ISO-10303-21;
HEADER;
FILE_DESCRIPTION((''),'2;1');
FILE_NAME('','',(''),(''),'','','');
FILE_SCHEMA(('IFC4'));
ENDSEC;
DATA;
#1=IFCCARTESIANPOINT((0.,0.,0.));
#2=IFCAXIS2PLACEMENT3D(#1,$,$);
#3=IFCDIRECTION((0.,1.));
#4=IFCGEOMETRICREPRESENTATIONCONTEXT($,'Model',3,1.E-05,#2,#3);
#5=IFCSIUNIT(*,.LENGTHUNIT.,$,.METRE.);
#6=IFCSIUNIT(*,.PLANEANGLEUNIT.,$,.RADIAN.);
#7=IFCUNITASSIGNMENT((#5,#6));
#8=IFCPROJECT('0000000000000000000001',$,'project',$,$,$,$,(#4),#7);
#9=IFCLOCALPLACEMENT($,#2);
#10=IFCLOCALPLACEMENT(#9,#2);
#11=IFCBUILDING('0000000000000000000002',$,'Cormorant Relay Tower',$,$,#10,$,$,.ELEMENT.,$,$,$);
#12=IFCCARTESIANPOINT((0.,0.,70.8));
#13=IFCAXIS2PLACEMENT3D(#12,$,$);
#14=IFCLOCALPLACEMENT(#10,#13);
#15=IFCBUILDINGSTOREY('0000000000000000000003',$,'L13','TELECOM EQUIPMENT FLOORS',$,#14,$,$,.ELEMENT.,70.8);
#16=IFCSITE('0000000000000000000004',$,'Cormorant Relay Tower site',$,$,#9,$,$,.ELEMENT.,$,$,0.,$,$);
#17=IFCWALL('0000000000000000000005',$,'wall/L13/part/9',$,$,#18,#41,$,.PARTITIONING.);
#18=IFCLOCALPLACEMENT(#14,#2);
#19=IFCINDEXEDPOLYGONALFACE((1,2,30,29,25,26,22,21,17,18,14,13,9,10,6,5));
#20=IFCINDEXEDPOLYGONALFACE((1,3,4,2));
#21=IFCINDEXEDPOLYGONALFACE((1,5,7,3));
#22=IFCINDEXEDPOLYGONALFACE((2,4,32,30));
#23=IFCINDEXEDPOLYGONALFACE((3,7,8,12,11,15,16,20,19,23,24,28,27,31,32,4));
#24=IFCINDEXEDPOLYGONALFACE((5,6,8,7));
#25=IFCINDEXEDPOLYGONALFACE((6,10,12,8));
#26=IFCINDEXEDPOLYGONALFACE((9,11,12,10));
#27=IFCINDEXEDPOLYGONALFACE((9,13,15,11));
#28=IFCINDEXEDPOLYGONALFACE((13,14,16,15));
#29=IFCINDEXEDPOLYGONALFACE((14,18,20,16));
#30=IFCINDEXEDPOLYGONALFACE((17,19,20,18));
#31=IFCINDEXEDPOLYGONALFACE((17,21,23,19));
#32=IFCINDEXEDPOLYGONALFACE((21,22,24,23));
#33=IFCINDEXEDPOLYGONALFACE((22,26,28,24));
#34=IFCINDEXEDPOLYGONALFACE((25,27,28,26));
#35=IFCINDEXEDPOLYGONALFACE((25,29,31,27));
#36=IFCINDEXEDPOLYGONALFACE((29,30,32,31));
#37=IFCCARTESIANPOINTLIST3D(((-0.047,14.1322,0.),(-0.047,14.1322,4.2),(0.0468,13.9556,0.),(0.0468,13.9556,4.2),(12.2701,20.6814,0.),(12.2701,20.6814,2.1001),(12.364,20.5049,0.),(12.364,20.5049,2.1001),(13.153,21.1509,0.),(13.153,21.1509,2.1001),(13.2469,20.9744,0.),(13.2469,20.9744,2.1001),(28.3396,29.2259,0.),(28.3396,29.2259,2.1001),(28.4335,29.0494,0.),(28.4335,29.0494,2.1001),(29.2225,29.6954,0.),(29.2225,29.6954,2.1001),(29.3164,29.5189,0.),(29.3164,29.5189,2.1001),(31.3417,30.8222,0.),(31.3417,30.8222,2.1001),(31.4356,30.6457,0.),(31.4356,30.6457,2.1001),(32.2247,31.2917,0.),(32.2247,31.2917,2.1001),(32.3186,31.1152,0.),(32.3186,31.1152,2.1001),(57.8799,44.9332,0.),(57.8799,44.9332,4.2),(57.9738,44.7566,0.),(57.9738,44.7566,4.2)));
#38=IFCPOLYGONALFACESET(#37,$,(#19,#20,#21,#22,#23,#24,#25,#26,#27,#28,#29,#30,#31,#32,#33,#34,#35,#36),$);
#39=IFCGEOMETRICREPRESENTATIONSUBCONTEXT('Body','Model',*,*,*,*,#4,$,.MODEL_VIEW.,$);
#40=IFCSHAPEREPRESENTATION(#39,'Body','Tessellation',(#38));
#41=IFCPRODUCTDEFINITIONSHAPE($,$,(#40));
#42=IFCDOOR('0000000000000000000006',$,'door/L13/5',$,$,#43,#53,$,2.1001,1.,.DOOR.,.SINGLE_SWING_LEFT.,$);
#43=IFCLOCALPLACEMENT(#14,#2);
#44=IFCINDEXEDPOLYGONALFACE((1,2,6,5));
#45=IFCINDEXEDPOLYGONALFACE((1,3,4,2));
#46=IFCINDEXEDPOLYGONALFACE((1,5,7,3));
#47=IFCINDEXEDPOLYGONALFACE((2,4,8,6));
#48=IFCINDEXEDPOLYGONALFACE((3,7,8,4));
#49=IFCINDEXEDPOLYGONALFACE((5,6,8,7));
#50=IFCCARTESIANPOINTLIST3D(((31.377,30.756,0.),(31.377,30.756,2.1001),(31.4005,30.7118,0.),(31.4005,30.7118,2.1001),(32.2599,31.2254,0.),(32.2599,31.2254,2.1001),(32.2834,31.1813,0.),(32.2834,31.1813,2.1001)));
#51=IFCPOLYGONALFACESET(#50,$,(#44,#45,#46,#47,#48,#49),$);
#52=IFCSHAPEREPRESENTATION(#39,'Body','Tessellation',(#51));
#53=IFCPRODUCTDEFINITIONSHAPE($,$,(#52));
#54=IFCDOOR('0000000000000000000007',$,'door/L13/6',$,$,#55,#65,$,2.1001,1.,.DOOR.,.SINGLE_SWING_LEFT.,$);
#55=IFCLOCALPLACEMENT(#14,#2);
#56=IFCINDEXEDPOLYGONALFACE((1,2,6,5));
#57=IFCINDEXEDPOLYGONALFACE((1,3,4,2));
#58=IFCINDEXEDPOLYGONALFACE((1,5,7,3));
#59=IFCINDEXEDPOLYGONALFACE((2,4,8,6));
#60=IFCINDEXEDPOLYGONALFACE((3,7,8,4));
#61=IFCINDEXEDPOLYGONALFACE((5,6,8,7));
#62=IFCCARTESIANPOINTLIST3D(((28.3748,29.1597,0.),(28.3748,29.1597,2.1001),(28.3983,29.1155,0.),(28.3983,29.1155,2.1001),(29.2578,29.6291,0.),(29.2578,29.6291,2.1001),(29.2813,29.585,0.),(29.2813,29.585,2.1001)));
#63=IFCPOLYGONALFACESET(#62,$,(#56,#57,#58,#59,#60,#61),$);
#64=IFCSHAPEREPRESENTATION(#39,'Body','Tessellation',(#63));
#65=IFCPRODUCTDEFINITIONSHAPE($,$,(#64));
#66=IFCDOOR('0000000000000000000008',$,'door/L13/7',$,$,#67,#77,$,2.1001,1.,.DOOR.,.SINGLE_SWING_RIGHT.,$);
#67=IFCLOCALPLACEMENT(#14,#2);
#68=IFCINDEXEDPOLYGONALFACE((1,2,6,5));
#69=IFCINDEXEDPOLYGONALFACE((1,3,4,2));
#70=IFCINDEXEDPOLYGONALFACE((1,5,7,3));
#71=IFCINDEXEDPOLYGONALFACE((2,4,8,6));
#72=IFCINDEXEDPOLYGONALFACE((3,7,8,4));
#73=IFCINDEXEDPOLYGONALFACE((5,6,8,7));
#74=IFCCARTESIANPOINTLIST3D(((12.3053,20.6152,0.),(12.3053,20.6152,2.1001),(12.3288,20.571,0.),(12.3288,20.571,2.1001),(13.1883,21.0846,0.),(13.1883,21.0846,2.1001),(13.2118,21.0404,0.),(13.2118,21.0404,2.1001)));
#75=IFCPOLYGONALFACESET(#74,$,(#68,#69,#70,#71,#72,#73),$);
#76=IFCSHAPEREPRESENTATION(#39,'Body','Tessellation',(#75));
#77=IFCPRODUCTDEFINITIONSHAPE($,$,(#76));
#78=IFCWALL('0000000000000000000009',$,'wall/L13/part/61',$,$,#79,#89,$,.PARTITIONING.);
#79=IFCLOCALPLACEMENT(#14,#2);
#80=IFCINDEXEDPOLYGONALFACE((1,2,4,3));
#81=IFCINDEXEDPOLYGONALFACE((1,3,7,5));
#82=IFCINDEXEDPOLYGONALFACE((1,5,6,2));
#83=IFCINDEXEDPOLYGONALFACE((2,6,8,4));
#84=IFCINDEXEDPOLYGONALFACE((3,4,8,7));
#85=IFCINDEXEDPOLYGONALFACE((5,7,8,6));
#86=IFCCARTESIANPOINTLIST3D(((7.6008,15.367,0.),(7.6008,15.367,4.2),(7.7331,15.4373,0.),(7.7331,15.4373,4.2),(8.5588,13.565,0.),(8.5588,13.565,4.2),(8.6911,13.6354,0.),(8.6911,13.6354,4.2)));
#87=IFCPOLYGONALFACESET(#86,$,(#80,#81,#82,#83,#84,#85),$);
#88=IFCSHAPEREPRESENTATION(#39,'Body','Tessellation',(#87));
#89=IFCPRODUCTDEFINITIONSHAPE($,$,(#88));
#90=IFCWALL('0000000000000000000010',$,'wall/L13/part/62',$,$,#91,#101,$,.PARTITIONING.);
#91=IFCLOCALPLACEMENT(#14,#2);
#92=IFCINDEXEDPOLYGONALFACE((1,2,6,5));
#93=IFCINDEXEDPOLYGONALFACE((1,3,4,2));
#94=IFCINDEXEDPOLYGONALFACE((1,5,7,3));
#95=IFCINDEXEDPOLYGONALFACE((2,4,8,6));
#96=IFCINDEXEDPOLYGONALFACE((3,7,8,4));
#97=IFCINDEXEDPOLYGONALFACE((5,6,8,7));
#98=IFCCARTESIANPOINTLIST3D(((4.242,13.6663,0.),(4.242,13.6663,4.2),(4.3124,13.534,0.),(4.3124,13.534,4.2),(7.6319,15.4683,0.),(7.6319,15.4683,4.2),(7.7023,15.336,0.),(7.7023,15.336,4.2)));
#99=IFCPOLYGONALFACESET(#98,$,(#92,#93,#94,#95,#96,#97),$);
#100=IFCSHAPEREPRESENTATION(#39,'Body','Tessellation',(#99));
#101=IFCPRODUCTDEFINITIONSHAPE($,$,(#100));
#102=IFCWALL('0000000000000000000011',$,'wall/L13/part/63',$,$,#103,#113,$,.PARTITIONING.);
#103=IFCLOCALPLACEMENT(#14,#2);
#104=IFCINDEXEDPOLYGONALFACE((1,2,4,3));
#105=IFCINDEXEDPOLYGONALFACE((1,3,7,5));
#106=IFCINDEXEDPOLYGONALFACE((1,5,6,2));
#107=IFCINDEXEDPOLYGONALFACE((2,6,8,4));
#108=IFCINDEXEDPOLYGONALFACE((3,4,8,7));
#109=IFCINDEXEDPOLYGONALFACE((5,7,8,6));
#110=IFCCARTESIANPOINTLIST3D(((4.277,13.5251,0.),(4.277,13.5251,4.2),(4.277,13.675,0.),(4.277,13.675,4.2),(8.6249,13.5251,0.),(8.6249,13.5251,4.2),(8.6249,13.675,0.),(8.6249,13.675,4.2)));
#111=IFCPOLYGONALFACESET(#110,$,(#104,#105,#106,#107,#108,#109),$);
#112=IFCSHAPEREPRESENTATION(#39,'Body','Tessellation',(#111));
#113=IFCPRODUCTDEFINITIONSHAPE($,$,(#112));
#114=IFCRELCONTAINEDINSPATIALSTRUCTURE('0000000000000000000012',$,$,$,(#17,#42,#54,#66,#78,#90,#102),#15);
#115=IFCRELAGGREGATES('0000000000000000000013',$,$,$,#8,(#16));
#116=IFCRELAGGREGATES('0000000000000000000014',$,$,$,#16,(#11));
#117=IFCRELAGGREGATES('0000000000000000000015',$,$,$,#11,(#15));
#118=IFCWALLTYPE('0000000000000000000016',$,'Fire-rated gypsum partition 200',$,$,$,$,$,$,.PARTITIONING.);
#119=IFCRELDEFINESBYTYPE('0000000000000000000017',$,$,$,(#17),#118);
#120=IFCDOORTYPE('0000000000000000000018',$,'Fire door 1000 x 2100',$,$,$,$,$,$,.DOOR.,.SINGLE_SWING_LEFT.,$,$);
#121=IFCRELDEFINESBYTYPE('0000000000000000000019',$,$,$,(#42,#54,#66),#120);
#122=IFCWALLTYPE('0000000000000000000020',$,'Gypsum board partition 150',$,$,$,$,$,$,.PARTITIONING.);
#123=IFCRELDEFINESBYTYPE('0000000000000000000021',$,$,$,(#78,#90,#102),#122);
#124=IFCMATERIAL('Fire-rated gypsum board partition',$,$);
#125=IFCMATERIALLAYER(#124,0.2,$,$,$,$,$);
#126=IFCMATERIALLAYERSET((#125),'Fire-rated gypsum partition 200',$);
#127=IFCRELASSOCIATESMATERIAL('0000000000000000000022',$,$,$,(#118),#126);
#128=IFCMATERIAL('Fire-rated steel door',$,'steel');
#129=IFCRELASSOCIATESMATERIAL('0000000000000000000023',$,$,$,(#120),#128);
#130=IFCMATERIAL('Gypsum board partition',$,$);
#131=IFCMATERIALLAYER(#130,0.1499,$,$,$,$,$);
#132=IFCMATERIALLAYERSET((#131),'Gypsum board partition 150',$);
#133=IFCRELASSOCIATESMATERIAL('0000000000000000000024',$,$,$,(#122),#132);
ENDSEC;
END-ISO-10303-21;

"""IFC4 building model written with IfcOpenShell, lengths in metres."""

from ifc_helpers import new_model, si_unit, direction, frame, frame_2d, origin, place, context, subcontext, project, spatial, rectangle, extrude, material, layer, layer_set, type_object, element, fill, save


model = new_model("IFC4")

# Units and contexts
model_context = context("Model", 3, precision=1e-05, world=origin(), true_north=direction((0.0, 1.0)))
body_context = subcontext(model_context, "Body", "Model", "MODEL_VIEW")
ifc_project = project(units=[si_unit("LENGTHUNIT", "METRE"), si_unit("PLANEANGLEUNIT", "RADIAN")], contexts=[model_context])

# Site, building, storey
site_placement = place(None, origin())
site = spatial("IfcSite", under=ifc_project, at=site_placement, Name="Cormorant Relay Tower site", CompositionType="ELEMENT", RefElevation=0.0)
building_placement = place(site_placement, origin())
building = spatial("IfcBuilding", under=site, at=building_placement, Name="Cormorant Relay Tower", CompositionType="ELEMENT")
storey_placement = place(building_placement, frame((0.0, 0.0, 70.8)))
storey = spatial("IfcBuildingStorey", under=building, at=storey_placement, Name="L13", Description="TELECOM EQUIPMENT FLOORS", CompositionType="ELEMENT", Elevation=70.8)

# Wall, openings, doors
ifc_material_1 = material(Name="Fire-rated gypsum board partition")
ifc_layer_1 = layer(ifc_material_1, 0.2)
ifc_layer_set_1 = layer_set([ifc_layer_1], Name="Fire-rated gypsum partition 200")
wall_type_1 = type_object("IfcWallType", Name="Fire-rated gypsum partition 200", PredefinedType="PARTITIONING", material=ifc_layer_set_1)
wall_1_placement = place(storey_placement, frame((0.0, 14.0439, 0.0), z_axis=(0.0, 0.0, 1.0), x_axis=(0.882943, 0.46948, 0.0)))
wall_1 = element("IfcWall", 1, at=wall_1_placement, inside=storey, type_object=wall_type_1, Name="wall/L13/part/9", PredefinedType="PARTITIONING", context=body_context, shape_type="SweptSolid", body=[
    extrude(rectangle(XDim=65.6067, YDim=0.2, at=frame_2d((32.8032, 0.0))), origin(), (0.0, 0.0, 1.0), 4.2),
])
opening_1_placement = place(wall_1_placement, frame((35.55, 0.0, 0.0)))
opening_1 = element("IfcOpeningElement", 2, at=opening_1_placement, cuts=wall_1, PredefinedType="OPENING", context=body_context, shape_type="SweptSolid", body=[
    extrude(rectangle(XDim=1.0, YDim=2.1001, at=frame_2d((0.5, 1.05))), frame((0.0, 0.1099, 0.0), z_axis=(0.0, -1.0, 0.0), x_axis=(1.0, 0.0, 0.0)), (0.0, 0.0, 1.0), 0.22),
])
opening_2_placement = place(wall_1_placement, frame((32.1499, 0.0, 0.0)))
opening_2 = element("IfcOpeningElement", 3, at=opening_2_placement, cuts=wall_1, PredefinedType="OPENING", context=body_context, shape_type="SweptSolid", body=[
    extrude(rectangle(XDim=1.0, YDim=2.1001, at=frame_2d((0.5, 1.05))), frame((0.0, 0.1099, 0.0), z_axis=(0.0, -1.0, 0.0), x_axis=(1.0, 0.0, 0.0)), (0.0, 0.0, 1.0), 0.22),
])
opening_3_placement = place(wall_1_placement, frame((13.95, 0.0, 0.0)))
opening_3 = element("IfcOpeningElement", 4, at=opening_3_placement, cuts=wall_1, PredefinedType="OPENING", context=body_context, shape_type="SweptSolid", body=[
    extrude(rectangle(XDim=1.0, YDim=2.1001, at=frame_2d((0.5, 1.05))), frame((0.0, 0.1099, 0.0), z_axis=(0.0, -1.0, 0.0), x_axis=(1.0, 0.0, 0.0)), (0.0, 0.0, 1.0), 0.22),
])
ifc_material_2 = material(Name="Fire-rated steel door", Category="steel")
door_type_1 = type_object("IfcDoorType", Name="Fire door 1000 x 2100", OperationType="SINGLE_SWING_LEFT", PredefinedType="DOOR", material=ifc_material_2)
door_1_placement = place(opening_1_placement, origin())
door_1 = element("IfcDoor", 5, at=door_1_placement, inside=storey, type_object=door_type_1, Name="door/L13/5", OperationType="SINGLE_SWING_LEFT", OverallHeight=2.1001, OverallWidth=1.0, PredefinedType="DOOR", context=body_context, shape_type="SweptSolid", body=[
    extrude(rectangle(XDim=1.0, YDim=2.1001, at=frame_2d((0.5, 1.05))), frame((0.0, 0.0249, 0.0), z_axis=(0.0, -1.0, 0.0), x_axis=(1.0, 0.0, 0.0)), (0.0, 0.0, 1.0), 0.05),
])
fill(opening_1, door_1)
door_2_placement = place(opening_2_placement, origin())
door_2 = element("IfcDoor", 6, at=door_2_placement, inside=storey, type_object=door_type_1, Name="door/L13/6", OperationType="SINGLE_SWING_LEFT", OverallHeight=2.1001, OverallWidth=1.0, PredefinedType="DOOR", context=body_context, shape_type="SweptSolid", body=[
    extrude(rectangle(XDim=1.0, YDim=2.1001, at=frame_2d((0.5, 1.05))), frame((0.0, 0.0249, 0.0), z_axis=(0.0, -1.0, 0.0), x_axis=(1.0, 0.0, 0.0)), (0.0, 0.0, 1.0), 0.05),
])
fill(opening_2, door_2)
door_3_placement = place(opening_3_placement, origin())
door_3 = element("IfcDoor", 7, at=door_3_placement, inside=storey, type_object=door_type_1, Name="door/L13/7", OperationType="SINGLE_SWING_RIGHT", OverallHeight=2.1001, OverallWidth=1.0, PredefinedType="DOOR", context=body_context, shape_type="SweptSolid", body=[
    extrude(rectangle(XDim=1.0, YDim=2.1001, at=frame_2d((0.5, 1.05))), frame((0.0, 0.0249, 0.0), z_axis=(0.0, -1.0, 0.0), x_axis=(1.0, 0.0, 0.0)), (0.0, 0.0, 1.0), 0.05),
])
fill(opening_3, door_3)

# Walls
ifc_material_3 = material(Name="Gypsum board partition")
ifc_layer_2 = layer(ifc_material_3, 0.1499)
ifc_layer_set_2 = layer_set([ifc_layer_2], Name="Gypsum board partition 150")
wall_type_2 = type_object("IfcWallType", Name="Gypsum board partition 150", PredefinedType="PARTITIONING", material=ifc_layer_set_2)
wall_2_placement = place(storey_placement, frame((8.625, 13.6001, 0.0), z_axis=(0.0, 0.0, 1.0), x_axis=(-0.469421, 0.882975, 0.0)))
element("IfcWall", 8, at=wall_2_placement, inside=storey, type_object=wall_type_2, Name="wall/L13/part/61", PredefinedType="PARTITIONING", context=body_context, shape_type="SweptSolid", body=[
    extrude(rectangle(XDim=2.0408, YDim=0.1499, at=frame_2d((1.0205, 0.0))), origin(), (0.0, 0.0, 1.0), 4.2),
])
wall_3_placement = place(storey_placement, frame((7.667, 15.4021, 0.0), z_axis=(0.0, 0.0, 1.0), x_axis=(-0.882995, -0.469383, 0.0)))
element("IfcWall", 9, at=wall_3_placement, inside=storey, type_object=wall_type_2, Name="wall/L13/part/62", PredefinedType="PARTITIONING", context=body_context, shape_type="SweptSolid", body=[
    extrude(rectangle(XDim=3.8391, YDim=0.1499, at=frame_2d((1.9194, 0.0))), origin(), (0.0, 0.0, 1.0), 4.2),
])
wall_4_placement = place(storey_placement, frame((4.2771, 13.6001, 0.0), z_axis=(0.0, 0.0, 1.0), x_axis=(1.0, 0.0, 0.0)))
element("IfcWall", 10, at=wall_4_placement, inside=storey, type_object=wall_type_2, Name="wall/L13/part/63", PredefinedType="PARTITIONING", context=body_context, shape_type="SweptSolid", body=[
    extrude(rectangle(XDim=4.3479, YDim=0.1499, at=frame_2d((2.1738, 0.0))), origin(), (0.0, 0.0, 1.0), 4.2),
])

save(model, "model.ifc")
